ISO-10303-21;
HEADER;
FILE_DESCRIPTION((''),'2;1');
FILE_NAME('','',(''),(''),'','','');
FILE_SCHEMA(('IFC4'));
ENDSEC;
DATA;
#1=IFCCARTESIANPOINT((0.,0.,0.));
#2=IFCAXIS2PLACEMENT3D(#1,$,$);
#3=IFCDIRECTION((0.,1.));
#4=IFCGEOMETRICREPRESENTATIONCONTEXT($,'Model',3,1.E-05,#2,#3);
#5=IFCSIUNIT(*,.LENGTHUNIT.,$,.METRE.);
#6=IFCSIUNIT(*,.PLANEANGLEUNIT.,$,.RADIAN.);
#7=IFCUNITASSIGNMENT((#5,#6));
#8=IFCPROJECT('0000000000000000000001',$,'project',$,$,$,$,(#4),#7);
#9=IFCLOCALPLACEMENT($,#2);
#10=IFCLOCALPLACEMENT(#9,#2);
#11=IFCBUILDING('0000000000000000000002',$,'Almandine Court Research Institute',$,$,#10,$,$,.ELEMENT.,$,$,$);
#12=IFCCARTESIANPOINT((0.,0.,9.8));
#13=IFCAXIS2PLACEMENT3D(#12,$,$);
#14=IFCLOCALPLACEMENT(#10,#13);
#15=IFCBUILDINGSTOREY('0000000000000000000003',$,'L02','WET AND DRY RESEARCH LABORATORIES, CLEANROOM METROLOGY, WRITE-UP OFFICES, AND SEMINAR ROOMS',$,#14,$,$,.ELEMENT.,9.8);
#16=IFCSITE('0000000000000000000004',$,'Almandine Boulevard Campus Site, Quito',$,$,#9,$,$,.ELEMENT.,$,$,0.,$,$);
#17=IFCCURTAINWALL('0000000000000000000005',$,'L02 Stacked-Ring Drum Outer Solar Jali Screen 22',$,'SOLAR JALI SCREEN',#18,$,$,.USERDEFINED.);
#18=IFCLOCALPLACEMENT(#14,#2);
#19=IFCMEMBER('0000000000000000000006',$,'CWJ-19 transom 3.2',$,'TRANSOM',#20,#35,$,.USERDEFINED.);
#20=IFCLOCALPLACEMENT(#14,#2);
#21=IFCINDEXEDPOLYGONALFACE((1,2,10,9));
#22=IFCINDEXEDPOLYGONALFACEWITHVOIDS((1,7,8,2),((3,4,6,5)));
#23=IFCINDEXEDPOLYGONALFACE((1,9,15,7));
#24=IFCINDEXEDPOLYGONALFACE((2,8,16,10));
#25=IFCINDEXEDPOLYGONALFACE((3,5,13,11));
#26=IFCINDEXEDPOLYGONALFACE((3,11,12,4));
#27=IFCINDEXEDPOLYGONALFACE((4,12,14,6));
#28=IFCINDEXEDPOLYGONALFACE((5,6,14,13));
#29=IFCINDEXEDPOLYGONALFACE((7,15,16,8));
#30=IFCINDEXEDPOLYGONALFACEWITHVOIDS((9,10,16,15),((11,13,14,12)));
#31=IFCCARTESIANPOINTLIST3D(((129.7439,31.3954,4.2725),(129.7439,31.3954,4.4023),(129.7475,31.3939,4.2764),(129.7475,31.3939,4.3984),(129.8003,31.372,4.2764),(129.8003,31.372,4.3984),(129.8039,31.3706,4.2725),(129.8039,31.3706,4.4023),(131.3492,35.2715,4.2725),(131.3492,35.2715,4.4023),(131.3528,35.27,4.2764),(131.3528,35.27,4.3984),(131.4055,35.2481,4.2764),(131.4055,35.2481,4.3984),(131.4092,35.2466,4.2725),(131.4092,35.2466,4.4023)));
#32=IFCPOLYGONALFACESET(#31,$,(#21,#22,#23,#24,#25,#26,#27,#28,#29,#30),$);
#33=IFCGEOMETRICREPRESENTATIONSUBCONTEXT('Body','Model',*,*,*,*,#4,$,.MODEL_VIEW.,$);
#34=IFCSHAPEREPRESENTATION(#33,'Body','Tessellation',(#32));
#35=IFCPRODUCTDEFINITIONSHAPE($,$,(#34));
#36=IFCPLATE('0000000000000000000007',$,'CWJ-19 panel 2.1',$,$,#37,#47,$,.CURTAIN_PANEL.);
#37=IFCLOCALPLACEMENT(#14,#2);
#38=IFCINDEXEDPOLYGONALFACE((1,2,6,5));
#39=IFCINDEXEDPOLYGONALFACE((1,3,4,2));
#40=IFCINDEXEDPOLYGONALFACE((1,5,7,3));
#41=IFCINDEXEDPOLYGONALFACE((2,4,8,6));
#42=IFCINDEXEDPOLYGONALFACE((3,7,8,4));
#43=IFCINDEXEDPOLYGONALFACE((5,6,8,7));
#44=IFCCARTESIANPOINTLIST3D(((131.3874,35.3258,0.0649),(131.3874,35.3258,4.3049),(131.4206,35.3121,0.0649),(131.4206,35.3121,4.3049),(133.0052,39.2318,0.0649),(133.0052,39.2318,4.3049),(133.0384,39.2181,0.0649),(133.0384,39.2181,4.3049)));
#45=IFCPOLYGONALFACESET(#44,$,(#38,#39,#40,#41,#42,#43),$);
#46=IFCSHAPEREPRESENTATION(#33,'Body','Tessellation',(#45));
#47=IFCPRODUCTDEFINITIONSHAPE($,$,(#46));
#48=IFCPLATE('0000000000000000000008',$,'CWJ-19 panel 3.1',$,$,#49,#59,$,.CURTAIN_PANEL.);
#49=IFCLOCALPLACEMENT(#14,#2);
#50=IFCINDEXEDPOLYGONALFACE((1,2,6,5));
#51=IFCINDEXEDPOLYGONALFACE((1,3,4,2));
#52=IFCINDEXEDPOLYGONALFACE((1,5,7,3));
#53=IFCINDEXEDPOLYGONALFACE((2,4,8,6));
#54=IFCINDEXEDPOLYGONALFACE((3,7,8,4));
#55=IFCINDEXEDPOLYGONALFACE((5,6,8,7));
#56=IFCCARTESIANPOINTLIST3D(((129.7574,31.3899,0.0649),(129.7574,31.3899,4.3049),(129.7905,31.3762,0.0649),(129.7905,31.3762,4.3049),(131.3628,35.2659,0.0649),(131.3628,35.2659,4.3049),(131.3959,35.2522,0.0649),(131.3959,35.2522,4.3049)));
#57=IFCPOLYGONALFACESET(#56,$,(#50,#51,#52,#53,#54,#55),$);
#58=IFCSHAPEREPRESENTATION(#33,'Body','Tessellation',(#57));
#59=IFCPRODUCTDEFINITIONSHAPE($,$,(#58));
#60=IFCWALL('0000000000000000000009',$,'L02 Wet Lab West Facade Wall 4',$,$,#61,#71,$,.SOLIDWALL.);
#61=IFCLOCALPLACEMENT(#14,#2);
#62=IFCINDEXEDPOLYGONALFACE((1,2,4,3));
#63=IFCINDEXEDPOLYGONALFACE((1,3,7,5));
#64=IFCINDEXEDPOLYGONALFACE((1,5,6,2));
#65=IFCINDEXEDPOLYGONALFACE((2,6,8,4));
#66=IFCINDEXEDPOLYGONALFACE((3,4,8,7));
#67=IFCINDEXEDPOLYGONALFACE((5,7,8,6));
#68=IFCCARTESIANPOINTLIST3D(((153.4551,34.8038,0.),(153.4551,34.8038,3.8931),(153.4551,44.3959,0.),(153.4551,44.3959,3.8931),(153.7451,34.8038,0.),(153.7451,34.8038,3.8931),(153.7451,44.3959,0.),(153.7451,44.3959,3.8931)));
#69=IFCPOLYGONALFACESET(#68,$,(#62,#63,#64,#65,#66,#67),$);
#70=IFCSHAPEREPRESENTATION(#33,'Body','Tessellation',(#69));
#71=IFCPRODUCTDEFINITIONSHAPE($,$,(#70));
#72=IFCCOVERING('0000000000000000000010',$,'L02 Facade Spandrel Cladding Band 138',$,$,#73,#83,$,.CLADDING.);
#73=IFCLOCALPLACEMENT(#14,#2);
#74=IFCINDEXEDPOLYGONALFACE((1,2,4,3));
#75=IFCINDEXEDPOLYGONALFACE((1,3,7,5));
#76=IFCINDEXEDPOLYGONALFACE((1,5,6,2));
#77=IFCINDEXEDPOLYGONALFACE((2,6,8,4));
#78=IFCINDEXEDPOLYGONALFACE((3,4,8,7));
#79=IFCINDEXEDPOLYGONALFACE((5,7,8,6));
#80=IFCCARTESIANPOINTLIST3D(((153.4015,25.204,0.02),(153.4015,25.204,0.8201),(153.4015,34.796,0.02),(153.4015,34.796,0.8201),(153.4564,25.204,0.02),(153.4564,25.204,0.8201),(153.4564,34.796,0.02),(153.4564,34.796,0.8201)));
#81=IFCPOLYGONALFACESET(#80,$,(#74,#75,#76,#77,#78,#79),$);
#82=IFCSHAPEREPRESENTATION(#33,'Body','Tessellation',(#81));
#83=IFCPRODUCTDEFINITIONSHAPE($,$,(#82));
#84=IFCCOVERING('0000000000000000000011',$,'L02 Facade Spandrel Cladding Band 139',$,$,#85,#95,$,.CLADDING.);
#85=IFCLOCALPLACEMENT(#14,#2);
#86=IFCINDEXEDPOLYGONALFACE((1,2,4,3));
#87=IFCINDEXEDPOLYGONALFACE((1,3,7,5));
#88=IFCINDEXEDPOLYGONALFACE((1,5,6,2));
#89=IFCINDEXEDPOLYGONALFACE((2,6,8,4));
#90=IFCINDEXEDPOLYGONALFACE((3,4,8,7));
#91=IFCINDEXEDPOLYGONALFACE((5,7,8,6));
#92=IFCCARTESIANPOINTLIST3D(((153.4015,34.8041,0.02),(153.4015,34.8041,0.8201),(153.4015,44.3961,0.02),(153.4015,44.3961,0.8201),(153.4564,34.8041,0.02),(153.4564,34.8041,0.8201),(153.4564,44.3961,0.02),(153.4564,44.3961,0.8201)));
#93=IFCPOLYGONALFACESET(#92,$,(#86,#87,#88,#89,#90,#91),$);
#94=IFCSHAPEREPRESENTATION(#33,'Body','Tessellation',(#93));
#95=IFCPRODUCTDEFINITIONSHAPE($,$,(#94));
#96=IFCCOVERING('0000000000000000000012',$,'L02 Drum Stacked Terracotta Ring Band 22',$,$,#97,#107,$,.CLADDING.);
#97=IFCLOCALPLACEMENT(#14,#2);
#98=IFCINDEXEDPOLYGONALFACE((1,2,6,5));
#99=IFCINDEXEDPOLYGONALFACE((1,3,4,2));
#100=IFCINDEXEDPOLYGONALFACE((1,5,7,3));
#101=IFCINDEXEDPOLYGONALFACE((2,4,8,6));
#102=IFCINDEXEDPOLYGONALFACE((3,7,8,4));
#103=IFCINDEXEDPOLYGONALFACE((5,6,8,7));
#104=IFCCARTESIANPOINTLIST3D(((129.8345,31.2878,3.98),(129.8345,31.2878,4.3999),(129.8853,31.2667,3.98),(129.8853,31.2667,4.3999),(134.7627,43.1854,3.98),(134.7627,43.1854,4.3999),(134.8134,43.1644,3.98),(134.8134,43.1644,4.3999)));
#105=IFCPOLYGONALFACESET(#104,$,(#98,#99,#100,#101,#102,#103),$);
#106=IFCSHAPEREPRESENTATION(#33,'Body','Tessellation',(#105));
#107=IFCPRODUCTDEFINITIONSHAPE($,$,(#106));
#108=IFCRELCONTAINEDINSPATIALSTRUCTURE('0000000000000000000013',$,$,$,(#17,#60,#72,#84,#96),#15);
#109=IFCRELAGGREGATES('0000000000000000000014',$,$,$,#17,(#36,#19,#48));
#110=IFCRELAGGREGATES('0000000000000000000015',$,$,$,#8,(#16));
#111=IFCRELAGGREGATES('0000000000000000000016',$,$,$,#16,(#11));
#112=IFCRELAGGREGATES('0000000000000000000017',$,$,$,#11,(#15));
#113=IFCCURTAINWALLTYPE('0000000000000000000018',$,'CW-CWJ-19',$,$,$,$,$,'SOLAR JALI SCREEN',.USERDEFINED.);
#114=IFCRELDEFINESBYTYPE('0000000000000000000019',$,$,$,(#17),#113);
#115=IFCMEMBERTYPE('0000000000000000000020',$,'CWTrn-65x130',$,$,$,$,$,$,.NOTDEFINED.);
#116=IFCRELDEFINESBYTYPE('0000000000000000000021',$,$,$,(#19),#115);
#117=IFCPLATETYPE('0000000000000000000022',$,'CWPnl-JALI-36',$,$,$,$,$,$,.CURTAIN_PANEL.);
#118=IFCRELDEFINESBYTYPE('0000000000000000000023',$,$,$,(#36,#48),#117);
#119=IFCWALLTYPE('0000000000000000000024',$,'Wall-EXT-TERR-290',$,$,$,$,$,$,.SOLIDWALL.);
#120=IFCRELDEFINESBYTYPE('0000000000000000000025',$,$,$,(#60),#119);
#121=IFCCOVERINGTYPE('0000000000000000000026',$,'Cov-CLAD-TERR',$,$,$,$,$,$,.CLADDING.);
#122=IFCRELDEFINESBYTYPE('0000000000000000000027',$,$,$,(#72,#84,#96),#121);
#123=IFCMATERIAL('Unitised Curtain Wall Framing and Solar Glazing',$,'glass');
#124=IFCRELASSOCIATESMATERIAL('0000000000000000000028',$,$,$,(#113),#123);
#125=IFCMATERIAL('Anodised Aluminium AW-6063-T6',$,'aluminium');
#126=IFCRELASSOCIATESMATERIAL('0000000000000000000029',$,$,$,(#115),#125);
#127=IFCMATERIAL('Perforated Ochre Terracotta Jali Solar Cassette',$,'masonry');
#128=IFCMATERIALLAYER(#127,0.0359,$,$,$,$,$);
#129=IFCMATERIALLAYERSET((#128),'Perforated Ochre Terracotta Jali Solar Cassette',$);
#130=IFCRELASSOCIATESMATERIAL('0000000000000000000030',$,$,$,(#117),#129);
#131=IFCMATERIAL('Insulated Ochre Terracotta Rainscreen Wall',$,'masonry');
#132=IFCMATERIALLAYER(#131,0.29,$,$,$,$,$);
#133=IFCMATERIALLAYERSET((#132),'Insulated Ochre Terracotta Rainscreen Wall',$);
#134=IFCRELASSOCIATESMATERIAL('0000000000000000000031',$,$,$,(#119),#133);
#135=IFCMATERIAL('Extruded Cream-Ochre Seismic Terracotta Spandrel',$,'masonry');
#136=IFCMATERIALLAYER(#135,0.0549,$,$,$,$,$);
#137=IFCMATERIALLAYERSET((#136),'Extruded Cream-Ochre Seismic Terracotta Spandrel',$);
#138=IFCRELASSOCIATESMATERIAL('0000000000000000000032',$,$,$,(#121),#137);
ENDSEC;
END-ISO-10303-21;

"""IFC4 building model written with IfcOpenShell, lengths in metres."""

from ifc_helpers import new_model, si_unit, direction, frame, frame_2d, origin, origin_2d, place, context, subcontext, project, spatial, rectangle, hollow_rectangle, extrude, material, layer, layer_set, material_profile, profile_set, type_object, element, aggregate, save


model = new_model("IFC4")

# Units and contexts
model_context = context("Model", 3, precision=1e-05, world=origin(), true_north=direction((0.0, 1.0)))
body_context = subcontext(model_context, "Body", "Model", "MODEL_VIEW")
ifc_project = project(units=[si_unit("LENGTHUNIT", "METRE"), si_unit("PLANEANGLEUNIT", "RADIAN")], contexts=[model_context])

# Site, building, storey
site_placement = place(None, origin())
site = spatial("IfcSite", under=ifc_project, at=site_placement, Name="Almandine Boulevard Campus Site, Quito", CompositionType="ELEMENT", RefElevation=0.0)
building_placement = place(site_placement, origin())
building = spatial("IfcBuilding", under=site, at=building_placement, Name="Almandine Court Research Institute", CompositionType="ELEMENT")
storey_placement = place(building_placement, frame((0.0, 0.0, 9.8)))
storey = spatial("IfcBuildingStorey", under=building, at=storey_placement, Name="L02", Description="WET AND DRY RESEARCH LABORATORIES, CLEANROOM METROLOGY, WRITE-UP OFFICES, AND SEMINAR ROOMS", CompositionType="ELEMENT", Elevation=9.8)

# Curtain wall, member, plates
ifc_material_1 = material(Name="Unitised Curtain Wall Framing and Solar Glazing", Category="glass")
curtain_wall_type = type_object("IfcCurtainWallType", Name="CW-CWJ-19", ElementType="SOLAR JALI SCREEN", PredefinedType="USERDEFINED", material=ifc_material_1)
curtain_wall_placement = place(storey_placement, origin())
curtain_wall = element("IfcCurtainWall", 1, at=curtain_wall_placement, inside=storey, type_object=curtain_wall_type, Name="L02 Stacked-Ring Drum Outer Solar Jali Screen 22", ObjectType="SOLAR JALI SCREEN", PredefinedType="USERDEFINED")
ifc_material_2 = material(Name="Anodised Aluminium AW-6063-T6", Category="aluminium")
ifc_material_profile_1 = material_profile(ifc_material_2, hollow_rectangle(XDim=0.0649, YDim=0.1299, WallThickness=0.0039, at=origin_2d()), Name="ALU RHS 65x130x4")
ifc_profile_set_1 = profile_set([ifc_material_profile_1], Name="Anodised Aluminium AW-6063-T6")
member_type_1 = type_object("IfcMemberType", Name="CWTrn-65x130", PredefinedType="NOTDEFINED", material=ifc_profile_set_1)
member_1_placement = place(storey_placement, frame((131.3792, 35.259, 4.3374), z_axis=(-0.382631, -0.923901, 0.0), x_axis=(0.923901, -0.382631, 0.0)))
member_1 = element("IfcMember", 2, at=member_1_placement, type_object=member_type_1, Name="CWJ-19 transom 3.2", ObjectType="TRANSOM", PredefinedType="USERDEFINED", context=body_context, shape_type="SweptSolid", body=[
    extrude(hollow_rectangle(XDim=0.0649, YDim=0.1299, WallThickness=0.0039, at=origin_2d()), origin(), (0.0, 0.0, 1.0), 4.1953),
])
ifc_material_3 = material(Name="Perforated Ochre Terracotta Jali Solar Cassette", Category="masonry")
ifc_layer_1 = layer(ifc_material_3, 0.0359)
ifc_layer_set_1 = layer_set([ifc_layer_1], Name="Perforated Ochre Terracotta Jali Solar Cassette")
plate_type = type_object("IfcPlateType", Name="CWPnl-JALI-36", PredefinedType="CURTAIN_PANEL", material=ifc_layer_set_1)
plate_1_placement = place(storey_placement, frame((132.2129, 37.272, 0.0649), z_axis=(0.0, 0.0, 1.0), x_axis=(-0.382663, -0.923888, 0.0)))
plate_1 = element("IfcPlate", 3, at=plate_1_placement, type_object=plate_type, Name="CWJ-19 panel 2.1", PredefinedType="CURTAIN_PANEL", context=body_context, shape_type="SweptSolid", body=[
    extrude(rectangle(XDim=4.2278, YDim=0.0359, at=origin_2d()), origin(), (0.0, 0.0, 1.0), 4.24),
])
plate_2_placement = place(storey_placement, frame((130.5767, 33.321, 0.0649), z_axis=(0.0, 0.0, 1.0), x_axis=(-0.382663, -0.923888, 0.0)))
plate_2 = element("IfcPlate", 4, at=plate_2_placement, type_object=plate_type, Name="CWJ-19 panel 3.1", PredefinedType="CURTAIN_PANEL", context=body_context, shape_type="SweptSolid", body=[
    extrude(rectangle(XDim=4.1953, YDim=0.0359, at=origin_2d()), origin(), (0.0, 0.0, 1.0), 4.24),
])
aggregate(curtain_wall, [plate_1, member_1, plate_2])

# Wall
ifc_material_4 = material(Name="Insulated Ochre Terracotta Rainscreen Wall", Category="masonry")
ifc_layer_2 = layer(ifc_material_4, 0.29)
ifc_layer_set_2 = layer_set([ifc_layer_2], Name="Insulated Ochre Terracotta Rainscreen Wall")
wall_type = type_object("IfcWallType", Name="Wall-EXT-TERR-290", PredefinedType="SOLIDWALL", material=ifc_layer_set_2)
wall_placement = place(storey_placement, frame((153.6001, 34.804, 0.0), z_axis=(0.0, 0.0, 1.0), x_axis=(0.0, 1.0, 0.0)))
element("IfcWall", 5, at=wall_placement, inside=storey, type_object=wall_type, Name="L02 Wet Lab West Facade Wall 4", PredefinedType="SOLIDWALL", context=body_context, shape_type="SweptSolid", body=[
    extrude(rectangle(XDim=9.592, YDim=0.29, at=frame_2d((4.7959, 0.0))), origin(), (0.0, 0.0, 1.0), 3.8931),
])

# Coverings
ifc_material_5 = material(Name="Extruded Cream-Ochre Seismic Terracotta Spandrel", Category="masonry")
ifc_layer_3 = layer(ifc_material_5, 0.0549)
ifc_layer_set_3 = layer_set([ifc_layer_3], Name="Extruded Cream-Ochre Seismic Terracotta Spandrel")
covering_type = type_object("IfcCoveringType", Name="Cov-CLAD-TERR", PredefinedType="CLADDING", material=ifc_layer_set_3)
for number, where, z_axis, x_axis, name in (
    (6, (153.429, 30.0, 0.02), (0.0, 0.0, 1.0), (0.0, 1.0, 0.0), "L02 Facade Spandrel Cladding Band 138"),
    (7, (153.429, 39.6001, 0.02), (0.0, 0.0, 1.0), (0.0, 1.0, 0.0), "L02 Facade Spandrel Cladding Band 139"),
):
    element("IfcCovering", number, at=place(storey_placement, frame(where, z_axis=z_axis, x_axis=x_axis)), inside=storey, type_object=covering_type, Name=name, PredefinedType="CLADDING", context=body_context, shape_type="SweptSolid", body=[
        extrude(rectangle(XDim=9.592, YDim=0.0549, at=origin_2d()), origin(), (0.0, 0.0, 1.0), 0.8),
    ])
covering_placement = place(storey_placement, frame((132.324, 37.2261, 3.98), z_axis=(0.0, 0.0, 1.0), x_axis=(-0.382683, -0.92388, 0.0)))
element("IfcCovering", 8, at=covering_placement, inside=storey, type_object=covering_type, Name="L02 Drum Stacked Terracotta Ring Band 22", PredefinedType="CLADDING", context=body_context, shape_type="SweptSolid", body=[
    extrude(rectangle(XDim=12.8779, YDim=0.0549, at=origin_2d()), origin(), (0.0, 0.0, 1.0), 0.4199),
])

save(model, "model.ifc")
